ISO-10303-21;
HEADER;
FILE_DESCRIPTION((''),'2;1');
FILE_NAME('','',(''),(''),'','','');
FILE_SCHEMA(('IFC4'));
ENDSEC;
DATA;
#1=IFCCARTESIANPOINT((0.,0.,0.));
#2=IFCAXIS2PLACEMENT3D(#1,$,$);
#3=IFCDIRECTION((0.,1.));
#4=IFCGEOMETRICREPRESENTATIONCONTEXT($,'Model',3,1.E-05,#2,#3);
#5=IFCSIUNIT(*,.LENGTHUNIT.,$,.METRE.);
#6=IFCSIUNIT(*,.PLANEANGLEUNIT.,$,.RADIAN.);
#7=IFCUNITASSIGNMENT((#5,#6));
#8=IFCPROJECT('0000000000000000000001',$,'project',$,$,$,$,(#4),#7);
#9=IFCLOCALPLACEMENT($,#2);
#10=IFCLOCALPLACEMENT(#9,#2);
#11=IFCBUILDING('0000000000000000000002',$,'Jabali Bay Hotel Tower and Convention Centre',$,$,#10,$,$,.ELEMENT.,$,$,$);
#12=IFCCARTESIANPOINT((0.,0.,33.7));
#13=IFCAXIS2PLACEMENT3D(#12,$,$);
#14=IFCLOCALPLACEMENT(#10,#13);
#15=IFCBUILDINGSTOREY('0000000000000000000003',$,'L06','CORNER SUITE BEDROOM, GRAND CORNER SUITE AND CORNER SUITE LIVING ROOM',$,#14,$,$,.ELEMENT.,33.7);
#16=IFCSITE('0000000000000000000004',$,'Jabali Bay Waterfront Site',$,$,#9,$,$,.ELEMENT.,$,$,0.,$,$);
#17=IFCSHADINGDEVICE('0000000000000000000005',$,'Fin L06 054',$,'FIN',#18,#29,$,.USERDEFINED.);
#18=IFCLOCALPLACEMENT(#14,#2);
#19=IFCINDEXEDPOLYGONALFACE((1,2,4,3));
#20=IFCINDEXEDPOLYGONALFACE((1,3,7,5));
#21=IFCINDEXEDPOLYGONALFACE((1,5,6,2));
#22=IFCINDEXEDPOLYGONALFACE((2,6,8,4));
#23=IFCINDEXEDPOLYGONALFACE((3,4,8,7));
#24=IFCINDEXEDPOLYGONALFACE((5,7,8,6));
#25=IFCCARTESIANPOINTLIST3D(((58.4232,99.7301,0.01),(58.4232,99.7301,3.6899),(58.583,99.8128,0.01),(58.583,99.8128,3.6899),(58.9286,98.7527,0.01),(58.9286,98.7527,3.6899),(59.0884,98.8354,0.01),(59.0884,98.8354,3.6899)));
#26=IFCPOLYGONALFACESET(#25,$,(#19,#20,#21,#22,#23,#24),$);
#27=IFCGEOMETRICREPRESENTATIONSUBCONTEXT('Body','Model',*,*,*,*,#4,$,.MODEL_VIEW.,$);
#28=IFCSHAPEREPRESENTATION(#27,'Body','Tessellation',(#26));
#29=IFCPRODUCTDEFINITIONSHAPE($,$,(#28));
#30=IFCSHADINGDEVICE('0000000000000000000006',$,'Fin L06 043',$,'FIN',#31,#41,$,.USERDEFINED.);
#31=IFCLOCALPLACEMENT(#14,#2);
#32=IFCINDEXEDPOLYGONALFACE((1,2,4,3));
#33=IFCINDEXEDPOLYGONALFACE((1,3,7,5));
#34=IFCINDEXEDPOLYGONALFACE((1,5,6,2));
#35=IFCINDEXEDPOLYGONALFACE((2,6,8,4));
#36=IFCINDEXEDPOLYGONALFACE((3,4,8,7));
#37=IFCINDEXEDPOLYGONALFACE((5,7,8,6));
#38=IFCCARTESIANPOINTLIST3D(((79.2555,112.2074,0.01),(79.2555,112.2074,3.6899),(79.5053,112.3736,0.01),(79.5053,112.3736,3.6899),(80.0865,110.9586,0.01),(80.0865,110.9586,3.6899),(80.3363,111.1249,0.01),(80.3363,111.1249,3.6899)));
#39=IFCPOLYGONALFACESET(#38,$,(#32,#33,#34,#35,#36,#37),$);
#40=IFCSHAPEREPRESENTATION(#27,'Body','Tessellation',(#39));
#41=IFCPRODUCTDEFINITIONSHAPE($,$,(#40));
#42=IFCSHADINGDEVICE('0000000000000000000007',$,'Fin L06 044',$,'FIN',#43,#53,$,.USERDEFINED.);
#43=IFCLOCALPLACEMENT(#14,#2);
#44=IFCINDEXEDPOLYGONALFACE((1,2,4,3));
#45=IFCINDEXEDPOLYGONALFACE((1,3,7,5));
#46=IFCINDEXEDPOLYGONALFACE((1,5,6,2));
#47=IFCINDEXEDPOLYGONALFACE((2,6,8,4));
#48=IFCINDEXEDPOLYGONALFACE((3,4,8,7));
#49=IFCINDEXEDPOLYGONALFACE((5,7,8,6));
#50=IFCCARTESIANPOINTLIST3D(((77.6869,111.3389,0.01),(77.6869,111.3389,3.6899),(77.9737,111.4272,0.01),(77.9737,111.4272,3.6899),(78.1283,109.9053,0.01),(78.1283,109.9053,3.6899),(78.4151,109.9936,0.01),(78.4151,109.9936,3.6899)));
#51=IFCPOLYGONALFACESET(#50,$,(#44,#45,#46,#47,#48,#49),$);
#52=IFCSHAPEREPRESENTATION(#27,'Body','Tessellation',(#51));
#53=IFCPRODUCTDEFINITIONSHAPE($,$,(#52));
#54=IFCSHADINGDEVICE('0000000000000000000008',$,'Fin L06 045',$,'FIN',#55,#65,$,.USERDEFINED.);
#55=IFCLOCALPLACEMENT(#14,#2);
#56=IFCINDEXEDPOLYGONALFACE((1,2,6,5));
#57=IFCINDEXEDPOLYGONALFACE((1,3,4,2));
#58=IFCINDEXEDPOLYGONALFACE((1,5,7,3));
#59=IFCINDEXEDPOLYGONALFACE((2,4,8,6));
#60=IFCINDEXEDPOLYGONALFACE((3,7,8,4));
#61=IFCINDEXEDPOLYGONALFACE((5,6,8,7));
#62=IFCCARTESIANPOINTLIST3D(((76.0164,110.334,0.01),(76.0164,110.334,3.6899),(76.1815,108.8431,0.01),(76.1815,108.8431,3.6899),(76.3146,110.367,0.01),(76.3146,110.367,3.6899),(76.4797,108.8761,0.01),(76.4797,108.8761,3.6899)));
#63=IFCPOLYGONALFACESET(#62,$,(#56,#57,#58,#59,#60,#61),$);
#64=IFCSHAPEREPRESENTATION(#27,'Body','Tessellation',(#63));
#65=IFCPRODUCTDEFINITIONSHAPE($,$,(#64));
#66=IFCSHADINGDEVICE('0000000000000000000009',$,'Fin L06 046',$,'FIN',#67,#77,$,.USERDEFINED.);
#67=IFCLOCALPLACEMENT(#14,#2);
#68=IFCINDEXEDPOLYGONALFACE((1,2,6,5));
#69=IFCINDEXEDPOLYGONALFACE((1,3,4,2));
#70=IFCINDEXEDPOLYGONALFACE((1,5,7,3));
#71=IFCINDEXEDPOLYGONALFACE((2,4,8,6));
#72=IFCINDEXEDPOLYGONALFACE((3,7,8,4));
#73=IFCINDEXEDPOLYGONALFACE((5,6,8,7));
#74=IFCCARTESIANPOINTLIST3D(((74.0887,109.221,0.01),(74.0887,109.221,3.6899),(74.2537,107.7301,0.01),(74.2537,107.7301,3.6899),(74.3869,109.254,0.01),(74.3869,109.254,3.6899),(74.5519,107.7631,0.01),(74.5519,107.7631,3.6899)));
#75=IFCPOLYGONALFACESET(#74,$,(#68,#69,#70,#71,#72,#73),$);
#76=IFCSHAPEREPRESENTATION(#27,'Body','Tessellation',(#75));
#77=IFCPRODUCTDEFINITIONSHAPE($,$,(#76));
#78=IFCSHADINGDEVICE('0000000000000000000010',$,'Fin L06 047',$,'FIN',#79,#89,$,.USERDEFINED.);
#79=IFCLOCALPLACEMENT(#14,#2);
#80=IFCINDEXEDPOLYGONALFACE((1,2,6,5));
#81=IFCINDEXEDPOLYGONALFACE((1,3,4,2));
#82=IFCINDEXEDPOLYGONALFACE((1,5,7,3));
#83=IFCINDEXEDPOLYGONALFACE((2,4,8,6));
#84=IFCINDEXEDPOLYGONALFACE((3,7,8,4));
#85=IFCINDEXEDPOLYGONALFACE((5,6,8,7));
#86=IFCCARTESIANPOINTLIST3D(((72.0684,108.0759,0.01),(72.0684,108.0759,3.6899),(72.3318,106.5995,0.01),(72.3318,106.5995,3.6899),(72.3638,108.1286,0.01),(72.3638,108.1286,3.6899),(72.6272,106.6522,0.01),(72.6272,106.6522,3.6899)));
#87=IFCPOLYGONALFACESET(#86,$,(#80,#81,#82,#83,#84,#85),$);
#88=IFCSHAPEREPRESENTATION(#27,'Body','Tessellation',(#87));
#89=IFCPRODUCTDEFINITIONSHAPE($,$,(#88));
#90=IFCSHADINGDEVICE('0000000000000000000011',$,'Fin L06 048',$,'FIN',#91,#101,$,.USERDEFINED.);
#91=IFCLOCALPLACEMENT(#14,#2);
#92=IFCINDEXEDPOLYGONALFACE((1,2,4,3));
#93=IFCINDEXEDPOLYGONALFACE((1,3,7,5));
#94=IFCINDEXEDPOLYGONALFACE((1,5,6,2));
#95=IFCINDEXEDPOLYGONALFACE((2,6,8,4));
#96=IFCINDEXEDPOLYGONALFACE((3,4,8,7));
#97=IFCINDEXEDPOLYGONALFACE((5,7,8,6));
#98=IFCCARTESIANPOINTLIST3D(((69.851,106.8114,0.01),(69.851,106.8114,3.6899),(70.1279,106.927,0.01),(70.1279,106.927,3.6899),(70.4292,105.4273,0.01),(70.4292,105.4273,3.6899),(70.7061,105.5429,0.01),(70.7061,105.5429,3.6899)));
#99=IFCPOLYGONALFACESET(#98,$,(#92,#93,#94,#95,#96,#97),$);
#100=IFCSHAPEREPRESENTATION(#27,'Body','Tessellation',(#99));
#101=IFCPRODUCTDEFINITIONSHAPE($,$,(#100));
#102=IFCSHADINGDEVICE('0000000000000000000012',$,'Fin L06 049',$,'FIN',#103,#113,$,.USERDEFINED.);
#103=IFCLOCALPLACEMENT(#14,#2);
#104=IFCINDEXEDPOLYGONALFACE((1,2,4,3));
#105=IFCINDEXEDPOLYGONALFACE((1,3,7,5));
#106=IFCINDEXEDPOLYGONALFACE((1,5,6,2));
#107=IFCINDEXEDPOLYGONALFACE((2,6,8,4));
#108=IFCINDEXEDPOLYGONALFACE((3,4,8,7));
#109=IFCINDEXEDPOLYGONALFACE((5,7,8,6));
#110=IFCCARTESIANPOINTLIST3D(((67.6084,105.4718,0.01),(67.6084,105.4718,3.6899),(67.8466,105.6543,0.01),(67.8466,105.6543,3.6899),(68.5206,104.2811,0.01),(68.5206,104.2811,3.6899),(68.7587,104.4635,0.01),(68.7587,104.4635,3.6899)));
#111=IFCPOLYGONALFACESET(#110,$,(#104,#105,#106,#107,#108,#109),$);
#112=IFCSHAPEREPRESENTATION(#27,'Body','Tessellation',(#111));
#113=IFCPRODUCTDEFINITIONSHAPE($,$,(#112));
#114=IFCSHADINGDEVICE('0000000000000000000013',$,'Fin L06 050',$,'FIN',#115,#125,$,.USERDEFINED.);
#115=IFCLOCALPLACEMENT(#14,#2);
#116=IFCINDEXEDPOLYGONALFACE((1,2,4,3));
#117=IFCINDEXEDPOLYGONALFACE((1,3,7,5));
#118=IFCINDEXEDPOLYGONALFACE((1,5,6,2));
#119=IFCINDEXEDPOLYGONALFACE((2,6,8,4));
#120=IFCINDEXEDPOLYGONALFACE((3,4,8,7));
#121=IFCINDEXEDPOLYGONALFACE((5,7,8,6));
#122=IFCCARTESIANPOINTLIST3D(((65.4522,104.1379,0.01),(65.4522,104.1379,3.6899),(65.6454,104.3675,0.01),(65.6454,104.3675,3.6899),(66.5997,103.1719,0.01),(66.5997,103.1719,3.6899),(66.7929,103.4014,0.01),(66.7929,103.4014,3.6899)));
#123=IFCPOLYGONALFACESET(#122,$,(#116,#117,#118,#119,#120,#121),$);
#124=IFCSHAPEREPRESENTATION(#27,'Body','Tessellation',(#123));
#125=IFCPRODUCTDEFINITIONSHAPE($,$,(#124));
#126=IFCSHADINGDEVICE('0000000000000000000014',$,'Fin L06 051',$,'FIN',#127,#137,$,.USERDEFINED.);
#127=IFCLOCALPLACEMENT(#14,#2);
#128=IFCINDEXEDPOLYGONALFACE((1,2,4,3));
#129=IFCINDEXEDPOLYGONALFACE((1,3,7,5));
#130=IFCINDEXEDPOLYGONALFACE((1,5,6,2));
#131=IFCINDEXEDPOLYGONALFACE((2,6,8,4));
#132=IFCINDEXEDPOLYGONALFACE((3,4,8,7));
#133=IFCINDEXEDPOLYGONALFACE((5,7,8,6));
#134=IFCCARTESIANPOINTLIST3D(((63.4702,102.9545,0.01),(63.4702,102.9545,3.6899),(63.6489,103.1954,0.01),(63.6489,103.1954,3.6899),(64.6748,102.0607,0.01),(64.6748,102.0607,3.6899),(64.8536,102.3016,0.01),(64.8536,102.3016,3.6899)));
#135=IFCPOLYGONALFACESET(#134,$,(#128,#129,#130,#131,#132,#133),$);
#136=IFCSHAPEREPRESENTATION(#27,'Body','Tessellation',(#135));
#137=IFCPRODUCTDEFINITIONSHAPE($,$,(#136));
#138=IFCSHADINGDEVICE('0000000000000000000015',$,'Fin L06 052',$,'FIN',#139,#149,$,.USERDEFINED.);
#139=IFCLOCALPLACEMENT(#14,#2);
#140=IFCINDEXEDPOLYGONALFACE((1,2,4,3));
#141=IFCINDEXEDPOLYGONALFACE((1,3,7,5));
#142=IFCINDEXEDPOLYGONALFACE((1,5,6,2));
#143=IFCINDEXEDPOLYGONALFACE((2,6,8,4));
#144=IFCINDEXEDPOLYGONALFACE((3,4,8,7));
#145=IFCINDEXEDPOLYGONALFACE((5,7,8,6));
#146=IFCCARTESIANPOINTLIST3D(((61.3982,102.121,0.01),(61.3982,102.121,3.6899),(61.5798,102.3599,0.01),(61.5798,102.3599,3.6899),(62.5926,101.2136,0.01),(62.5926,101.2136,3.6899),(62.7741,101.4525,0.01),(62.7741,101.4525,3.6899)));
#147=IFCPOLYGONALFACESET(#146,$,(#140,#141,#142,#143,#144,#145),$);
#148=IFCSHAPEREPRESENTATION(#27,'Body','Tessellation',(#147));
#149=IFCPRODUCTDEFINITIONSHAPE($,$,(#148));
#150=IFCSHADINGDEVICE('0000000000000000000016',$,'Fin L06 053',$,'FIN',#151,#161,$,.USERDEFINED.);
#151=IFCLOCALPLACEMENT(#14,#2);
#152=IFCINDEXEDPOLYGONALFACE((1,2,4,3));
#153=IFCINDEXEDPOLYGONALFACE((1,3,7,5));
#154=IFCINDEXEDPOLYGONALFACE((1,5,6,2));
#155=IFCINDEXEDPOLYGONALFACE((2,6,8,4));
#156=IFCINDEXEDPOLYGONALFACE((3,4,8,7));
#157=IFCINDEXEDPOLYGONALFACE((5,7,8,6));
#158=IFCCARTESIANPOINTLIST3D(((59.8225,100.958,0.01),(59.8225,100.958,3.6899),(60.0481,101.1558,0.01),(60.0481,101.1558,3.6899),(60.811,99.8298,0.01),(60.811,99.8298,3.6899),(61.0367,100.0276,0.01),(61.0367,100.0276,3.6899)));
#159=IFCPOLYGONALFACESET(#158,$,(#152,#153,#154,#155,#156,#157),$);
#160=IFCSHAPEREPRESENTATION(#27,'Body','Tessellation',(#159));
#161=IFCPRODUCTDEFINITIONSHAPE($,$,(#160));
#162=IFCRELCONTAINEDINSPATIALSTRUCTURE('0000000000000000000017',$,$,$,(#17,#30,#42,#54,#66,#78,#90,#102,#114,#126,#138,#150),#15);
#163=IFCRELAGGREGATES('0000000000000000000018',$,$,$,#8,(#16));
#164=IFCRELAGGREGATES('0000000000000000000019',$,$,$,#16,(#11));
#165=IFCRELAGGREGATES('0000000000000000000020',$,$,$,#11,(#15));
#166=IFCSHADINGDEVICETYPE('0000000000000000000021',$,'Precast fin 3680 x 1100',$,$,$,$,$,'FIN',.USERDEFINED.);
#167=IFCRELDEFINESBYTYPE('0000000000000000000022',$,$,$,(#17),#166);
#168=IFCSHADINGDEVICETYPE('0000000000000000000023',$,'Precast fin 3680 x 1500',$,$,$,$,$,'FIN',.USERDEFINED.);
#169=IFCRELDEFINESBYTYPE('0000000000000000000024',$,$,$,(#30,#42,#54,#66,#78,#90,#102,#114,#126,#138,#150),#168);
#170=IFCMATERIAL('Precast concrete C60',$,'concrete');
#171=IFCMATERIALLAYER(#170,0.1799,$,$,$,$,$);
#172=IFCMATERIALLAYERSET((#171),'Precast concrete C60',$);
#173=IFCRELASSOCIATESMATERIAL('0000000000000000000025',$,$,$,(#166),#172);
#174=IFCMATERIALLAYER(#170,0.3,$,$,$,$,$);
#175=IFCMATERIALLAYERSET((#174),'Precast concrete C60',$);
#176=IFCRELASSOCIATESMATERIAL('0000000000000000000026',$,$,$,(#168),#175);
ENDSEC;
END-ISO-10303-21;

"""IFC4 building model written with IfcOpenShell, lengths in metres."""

from ifc_helpers import new_model, si_unit, direction, frame, frame_2d, origin, place, context, subcontext, project, spatial, rectangle, extrude, material, layer, layer_set, type_object, element, save


model = new_model("IFC4")

# Units and contexts
model_context = context("Model", 3, precision=1e-05, world=origin(), true_north=direction((0.0, 1.0)))
body_context = subcontext(model_context, "Body", "Model", "MODEL_VIEW")
ifc_project = project(units=[si_unit("LENGTHUNIT", "METRE"), si_unit("PLANEANGLEUNIT", "RADIAN")], contexts=[model_context])

# Site, building, storey
site_placement = place(None, origin())
site = spatial("IfcSite", under=ifc_project, at=site_placement, Name="Jabali Bay Waterfront Site", CompositionType="ELEMENT", RefElevation=0.0)
building_placement = place(site_placement, origin())
building = spatial("IfcBuilding", under=site, at=building_placement, Name="Jabali Bay Hotel Tower and Convention Centre", CompositionType="ELEMENT")
storey_placement = place(building_placement, frame((0.0, 0.0, 33.7)))
storey = spatial("IfcBuildingStorey", under=building, at=storey_placement, Name="L06", Description="CORNER SUITE BEDROOM, GRAND CORNER SUITE AND CORNER SUITE LIVING ROOM", CompositionType="ELEMENT", Elevation=33.7)

# Shading devices
ifc_material_1 = material(Name="Precast concrete C60", Category="concrete")
ifc_layer_1 = layer(ifc_material_1, 0.1799)
ifc_layer_set_1 = layer_set([ifc_layer_1], Name="Precast concrete C60")
shading_device_type_1 = type_object("IfcShadingDeviceType", Name="Precast fin 3680 x 1100", ElementType="FIN", PredefinedType="USERDEFINED", material=ifc_layer_set_1)
shading_device_1_placement = place(storey_placement, frame((59.0085, 98.7939, 0.01), z_axis=(0.0, 0.0, 1.0), x_axis=(-0.459332, 0.888264, 0.0)))
element("IfcShadingDevice", 1, at=shading_device_1_placement, inside=storey, type_object=shading_device_type_1, Name="Fin L06 054", ObjectType="FIN", PredefinedType="USERDEFINED", context=body_context, shape_type="SweptSolid", body=[
    extrude(rectangle(XDim=1.1003, YDim=0.1799, at=frame_2d((0.5503, 0.0))), origin(), (0.0, 0.0, 1.0), 3.6799),
])
ifc_layer_2 = layer(ifc_material_1, 0.3)
ifc_layer_set_2 = layer_set([ifc_layer_2], Name="Precast concrete C60")
shading_device_type_2 = type_object("IfcShadingDeviceType", Name="Precast fin 3680 x 1500", ElementType="FIN", PredefinedType="USERDEFINED", material=ifc_layer_set_2)
for number, where, z_axis, x_axis, name in (
    (2, (80.2114, 111.0417, 0.01), (0.0, 0.0, 1.0), (-0.554024, 0.832501, 0.0), "Fin L06 043"),
    (3, (78.2717, 109.9495, 0.01), (0.0, 0.0, 1.0), (-0.294269, 0.955723, 0.0), "Fin L06 044"),
    (4, (76.3306, 108.8596, 0.01), (0.0, 0.0, 1.0), (-0.110021, 0.993929, 0.0), "Fin L06 045"),
    (5, (74.4028, 107.7466, 0.01), (0.0, 0.0, 1.0), (-0.110021, 0.993929, 0.0), "Fin L06 046"),
):
    element("IfcShadingDevice", number, at=place(storey_placement, frame(where, z_axis=z_axis, x_axis=x_axis)), inside=storey, type_object=shading_device_type_2, Name=name, ObjectType="FIN", PredefinedType="USERDEFINED", context=body_context, shape_type="SweptSolid", body=[
        extrude(rectangle(XDim=1.5, YDim=0.3, at=frame_2d((0.75, 0.0))), origin(), (0.0, 0.0, 1.0), 3.6799),
    ])
shading_device_2_placement = place(storey_placement, frame((72.4795, 106.6257, 0.01), z_axis=(0.0, 0.0, 1.0), x_axis=(-0.175633, 0.984456, 0.0)))
element("IfcShadingDevice", 6, at=shading_device_2_placement, inside=storey, type_object=shading_device_type_2, Name="Fin L06 047", ObjectType="FIN", PredefinedType="USERDEFINED", context=body_context, shape_type="SweptSolid", body=[
    extrude(rectangle(XDim=1.4998, YDim=0.3, at=frame_2d((0.75, 0.0))), origin(), (0.0, 0.0, 1.0), 3.6799),
])
for number, where, z_axis, x_axis, name in (
    (7, (70.5676, 105.4851, 0.01), (0.0, 0.0, 1.0), (-0.385436, 0.922735, 0.0), "Fin L06 048"),
    (8, (68.6396, 104.3723, 0.01), (0.0, 0.0, 1.0), (-0.608121, 0.793845, 0.0), "Fin L06 049"),
    (9, (66.6963, 103.2866, 0.01), (0.0, 0.0, 1.0), (-0.764983, 0.644051, 0.0), "Fin L06 050"),
    (10, (64.7642, 102.1812, 0.01), (0.0, 0.0, 1.0), (-0.803075, 0.595877, 0.0), "Fin L06 051"),
    (11, (62.6833, 101.333, 0.01), (0.0, 0.0, 1.0), (-0.796234, 0.604988, 0.0), "Fin L06 052"),
    (12, (60.9238, 99.9287, 0.01), (0.0, 0.0, 1.0), (-0.659023, 0.752123, 0.0), "Fin L06 053"),
):
    element("IfcShadingDevice", number, at=place(storey_placement, frame(where, z_axis=z_axis, x_axis=x_axis)), inside=storey, type_object=shading_device_type_2, Name=name, ObjectType="FIN", PredefinedType="USERDEFINED", context=body_context, shape_type="SweptSolid", body=[
        extrude(rectangle(XDim=1.5, YDim=0.3, at=frame_2d((0.75, 0.0))), origin(), (0.0, 0.0, 1.0), 3.6799),
    ])

save(model, "model.ifc")
